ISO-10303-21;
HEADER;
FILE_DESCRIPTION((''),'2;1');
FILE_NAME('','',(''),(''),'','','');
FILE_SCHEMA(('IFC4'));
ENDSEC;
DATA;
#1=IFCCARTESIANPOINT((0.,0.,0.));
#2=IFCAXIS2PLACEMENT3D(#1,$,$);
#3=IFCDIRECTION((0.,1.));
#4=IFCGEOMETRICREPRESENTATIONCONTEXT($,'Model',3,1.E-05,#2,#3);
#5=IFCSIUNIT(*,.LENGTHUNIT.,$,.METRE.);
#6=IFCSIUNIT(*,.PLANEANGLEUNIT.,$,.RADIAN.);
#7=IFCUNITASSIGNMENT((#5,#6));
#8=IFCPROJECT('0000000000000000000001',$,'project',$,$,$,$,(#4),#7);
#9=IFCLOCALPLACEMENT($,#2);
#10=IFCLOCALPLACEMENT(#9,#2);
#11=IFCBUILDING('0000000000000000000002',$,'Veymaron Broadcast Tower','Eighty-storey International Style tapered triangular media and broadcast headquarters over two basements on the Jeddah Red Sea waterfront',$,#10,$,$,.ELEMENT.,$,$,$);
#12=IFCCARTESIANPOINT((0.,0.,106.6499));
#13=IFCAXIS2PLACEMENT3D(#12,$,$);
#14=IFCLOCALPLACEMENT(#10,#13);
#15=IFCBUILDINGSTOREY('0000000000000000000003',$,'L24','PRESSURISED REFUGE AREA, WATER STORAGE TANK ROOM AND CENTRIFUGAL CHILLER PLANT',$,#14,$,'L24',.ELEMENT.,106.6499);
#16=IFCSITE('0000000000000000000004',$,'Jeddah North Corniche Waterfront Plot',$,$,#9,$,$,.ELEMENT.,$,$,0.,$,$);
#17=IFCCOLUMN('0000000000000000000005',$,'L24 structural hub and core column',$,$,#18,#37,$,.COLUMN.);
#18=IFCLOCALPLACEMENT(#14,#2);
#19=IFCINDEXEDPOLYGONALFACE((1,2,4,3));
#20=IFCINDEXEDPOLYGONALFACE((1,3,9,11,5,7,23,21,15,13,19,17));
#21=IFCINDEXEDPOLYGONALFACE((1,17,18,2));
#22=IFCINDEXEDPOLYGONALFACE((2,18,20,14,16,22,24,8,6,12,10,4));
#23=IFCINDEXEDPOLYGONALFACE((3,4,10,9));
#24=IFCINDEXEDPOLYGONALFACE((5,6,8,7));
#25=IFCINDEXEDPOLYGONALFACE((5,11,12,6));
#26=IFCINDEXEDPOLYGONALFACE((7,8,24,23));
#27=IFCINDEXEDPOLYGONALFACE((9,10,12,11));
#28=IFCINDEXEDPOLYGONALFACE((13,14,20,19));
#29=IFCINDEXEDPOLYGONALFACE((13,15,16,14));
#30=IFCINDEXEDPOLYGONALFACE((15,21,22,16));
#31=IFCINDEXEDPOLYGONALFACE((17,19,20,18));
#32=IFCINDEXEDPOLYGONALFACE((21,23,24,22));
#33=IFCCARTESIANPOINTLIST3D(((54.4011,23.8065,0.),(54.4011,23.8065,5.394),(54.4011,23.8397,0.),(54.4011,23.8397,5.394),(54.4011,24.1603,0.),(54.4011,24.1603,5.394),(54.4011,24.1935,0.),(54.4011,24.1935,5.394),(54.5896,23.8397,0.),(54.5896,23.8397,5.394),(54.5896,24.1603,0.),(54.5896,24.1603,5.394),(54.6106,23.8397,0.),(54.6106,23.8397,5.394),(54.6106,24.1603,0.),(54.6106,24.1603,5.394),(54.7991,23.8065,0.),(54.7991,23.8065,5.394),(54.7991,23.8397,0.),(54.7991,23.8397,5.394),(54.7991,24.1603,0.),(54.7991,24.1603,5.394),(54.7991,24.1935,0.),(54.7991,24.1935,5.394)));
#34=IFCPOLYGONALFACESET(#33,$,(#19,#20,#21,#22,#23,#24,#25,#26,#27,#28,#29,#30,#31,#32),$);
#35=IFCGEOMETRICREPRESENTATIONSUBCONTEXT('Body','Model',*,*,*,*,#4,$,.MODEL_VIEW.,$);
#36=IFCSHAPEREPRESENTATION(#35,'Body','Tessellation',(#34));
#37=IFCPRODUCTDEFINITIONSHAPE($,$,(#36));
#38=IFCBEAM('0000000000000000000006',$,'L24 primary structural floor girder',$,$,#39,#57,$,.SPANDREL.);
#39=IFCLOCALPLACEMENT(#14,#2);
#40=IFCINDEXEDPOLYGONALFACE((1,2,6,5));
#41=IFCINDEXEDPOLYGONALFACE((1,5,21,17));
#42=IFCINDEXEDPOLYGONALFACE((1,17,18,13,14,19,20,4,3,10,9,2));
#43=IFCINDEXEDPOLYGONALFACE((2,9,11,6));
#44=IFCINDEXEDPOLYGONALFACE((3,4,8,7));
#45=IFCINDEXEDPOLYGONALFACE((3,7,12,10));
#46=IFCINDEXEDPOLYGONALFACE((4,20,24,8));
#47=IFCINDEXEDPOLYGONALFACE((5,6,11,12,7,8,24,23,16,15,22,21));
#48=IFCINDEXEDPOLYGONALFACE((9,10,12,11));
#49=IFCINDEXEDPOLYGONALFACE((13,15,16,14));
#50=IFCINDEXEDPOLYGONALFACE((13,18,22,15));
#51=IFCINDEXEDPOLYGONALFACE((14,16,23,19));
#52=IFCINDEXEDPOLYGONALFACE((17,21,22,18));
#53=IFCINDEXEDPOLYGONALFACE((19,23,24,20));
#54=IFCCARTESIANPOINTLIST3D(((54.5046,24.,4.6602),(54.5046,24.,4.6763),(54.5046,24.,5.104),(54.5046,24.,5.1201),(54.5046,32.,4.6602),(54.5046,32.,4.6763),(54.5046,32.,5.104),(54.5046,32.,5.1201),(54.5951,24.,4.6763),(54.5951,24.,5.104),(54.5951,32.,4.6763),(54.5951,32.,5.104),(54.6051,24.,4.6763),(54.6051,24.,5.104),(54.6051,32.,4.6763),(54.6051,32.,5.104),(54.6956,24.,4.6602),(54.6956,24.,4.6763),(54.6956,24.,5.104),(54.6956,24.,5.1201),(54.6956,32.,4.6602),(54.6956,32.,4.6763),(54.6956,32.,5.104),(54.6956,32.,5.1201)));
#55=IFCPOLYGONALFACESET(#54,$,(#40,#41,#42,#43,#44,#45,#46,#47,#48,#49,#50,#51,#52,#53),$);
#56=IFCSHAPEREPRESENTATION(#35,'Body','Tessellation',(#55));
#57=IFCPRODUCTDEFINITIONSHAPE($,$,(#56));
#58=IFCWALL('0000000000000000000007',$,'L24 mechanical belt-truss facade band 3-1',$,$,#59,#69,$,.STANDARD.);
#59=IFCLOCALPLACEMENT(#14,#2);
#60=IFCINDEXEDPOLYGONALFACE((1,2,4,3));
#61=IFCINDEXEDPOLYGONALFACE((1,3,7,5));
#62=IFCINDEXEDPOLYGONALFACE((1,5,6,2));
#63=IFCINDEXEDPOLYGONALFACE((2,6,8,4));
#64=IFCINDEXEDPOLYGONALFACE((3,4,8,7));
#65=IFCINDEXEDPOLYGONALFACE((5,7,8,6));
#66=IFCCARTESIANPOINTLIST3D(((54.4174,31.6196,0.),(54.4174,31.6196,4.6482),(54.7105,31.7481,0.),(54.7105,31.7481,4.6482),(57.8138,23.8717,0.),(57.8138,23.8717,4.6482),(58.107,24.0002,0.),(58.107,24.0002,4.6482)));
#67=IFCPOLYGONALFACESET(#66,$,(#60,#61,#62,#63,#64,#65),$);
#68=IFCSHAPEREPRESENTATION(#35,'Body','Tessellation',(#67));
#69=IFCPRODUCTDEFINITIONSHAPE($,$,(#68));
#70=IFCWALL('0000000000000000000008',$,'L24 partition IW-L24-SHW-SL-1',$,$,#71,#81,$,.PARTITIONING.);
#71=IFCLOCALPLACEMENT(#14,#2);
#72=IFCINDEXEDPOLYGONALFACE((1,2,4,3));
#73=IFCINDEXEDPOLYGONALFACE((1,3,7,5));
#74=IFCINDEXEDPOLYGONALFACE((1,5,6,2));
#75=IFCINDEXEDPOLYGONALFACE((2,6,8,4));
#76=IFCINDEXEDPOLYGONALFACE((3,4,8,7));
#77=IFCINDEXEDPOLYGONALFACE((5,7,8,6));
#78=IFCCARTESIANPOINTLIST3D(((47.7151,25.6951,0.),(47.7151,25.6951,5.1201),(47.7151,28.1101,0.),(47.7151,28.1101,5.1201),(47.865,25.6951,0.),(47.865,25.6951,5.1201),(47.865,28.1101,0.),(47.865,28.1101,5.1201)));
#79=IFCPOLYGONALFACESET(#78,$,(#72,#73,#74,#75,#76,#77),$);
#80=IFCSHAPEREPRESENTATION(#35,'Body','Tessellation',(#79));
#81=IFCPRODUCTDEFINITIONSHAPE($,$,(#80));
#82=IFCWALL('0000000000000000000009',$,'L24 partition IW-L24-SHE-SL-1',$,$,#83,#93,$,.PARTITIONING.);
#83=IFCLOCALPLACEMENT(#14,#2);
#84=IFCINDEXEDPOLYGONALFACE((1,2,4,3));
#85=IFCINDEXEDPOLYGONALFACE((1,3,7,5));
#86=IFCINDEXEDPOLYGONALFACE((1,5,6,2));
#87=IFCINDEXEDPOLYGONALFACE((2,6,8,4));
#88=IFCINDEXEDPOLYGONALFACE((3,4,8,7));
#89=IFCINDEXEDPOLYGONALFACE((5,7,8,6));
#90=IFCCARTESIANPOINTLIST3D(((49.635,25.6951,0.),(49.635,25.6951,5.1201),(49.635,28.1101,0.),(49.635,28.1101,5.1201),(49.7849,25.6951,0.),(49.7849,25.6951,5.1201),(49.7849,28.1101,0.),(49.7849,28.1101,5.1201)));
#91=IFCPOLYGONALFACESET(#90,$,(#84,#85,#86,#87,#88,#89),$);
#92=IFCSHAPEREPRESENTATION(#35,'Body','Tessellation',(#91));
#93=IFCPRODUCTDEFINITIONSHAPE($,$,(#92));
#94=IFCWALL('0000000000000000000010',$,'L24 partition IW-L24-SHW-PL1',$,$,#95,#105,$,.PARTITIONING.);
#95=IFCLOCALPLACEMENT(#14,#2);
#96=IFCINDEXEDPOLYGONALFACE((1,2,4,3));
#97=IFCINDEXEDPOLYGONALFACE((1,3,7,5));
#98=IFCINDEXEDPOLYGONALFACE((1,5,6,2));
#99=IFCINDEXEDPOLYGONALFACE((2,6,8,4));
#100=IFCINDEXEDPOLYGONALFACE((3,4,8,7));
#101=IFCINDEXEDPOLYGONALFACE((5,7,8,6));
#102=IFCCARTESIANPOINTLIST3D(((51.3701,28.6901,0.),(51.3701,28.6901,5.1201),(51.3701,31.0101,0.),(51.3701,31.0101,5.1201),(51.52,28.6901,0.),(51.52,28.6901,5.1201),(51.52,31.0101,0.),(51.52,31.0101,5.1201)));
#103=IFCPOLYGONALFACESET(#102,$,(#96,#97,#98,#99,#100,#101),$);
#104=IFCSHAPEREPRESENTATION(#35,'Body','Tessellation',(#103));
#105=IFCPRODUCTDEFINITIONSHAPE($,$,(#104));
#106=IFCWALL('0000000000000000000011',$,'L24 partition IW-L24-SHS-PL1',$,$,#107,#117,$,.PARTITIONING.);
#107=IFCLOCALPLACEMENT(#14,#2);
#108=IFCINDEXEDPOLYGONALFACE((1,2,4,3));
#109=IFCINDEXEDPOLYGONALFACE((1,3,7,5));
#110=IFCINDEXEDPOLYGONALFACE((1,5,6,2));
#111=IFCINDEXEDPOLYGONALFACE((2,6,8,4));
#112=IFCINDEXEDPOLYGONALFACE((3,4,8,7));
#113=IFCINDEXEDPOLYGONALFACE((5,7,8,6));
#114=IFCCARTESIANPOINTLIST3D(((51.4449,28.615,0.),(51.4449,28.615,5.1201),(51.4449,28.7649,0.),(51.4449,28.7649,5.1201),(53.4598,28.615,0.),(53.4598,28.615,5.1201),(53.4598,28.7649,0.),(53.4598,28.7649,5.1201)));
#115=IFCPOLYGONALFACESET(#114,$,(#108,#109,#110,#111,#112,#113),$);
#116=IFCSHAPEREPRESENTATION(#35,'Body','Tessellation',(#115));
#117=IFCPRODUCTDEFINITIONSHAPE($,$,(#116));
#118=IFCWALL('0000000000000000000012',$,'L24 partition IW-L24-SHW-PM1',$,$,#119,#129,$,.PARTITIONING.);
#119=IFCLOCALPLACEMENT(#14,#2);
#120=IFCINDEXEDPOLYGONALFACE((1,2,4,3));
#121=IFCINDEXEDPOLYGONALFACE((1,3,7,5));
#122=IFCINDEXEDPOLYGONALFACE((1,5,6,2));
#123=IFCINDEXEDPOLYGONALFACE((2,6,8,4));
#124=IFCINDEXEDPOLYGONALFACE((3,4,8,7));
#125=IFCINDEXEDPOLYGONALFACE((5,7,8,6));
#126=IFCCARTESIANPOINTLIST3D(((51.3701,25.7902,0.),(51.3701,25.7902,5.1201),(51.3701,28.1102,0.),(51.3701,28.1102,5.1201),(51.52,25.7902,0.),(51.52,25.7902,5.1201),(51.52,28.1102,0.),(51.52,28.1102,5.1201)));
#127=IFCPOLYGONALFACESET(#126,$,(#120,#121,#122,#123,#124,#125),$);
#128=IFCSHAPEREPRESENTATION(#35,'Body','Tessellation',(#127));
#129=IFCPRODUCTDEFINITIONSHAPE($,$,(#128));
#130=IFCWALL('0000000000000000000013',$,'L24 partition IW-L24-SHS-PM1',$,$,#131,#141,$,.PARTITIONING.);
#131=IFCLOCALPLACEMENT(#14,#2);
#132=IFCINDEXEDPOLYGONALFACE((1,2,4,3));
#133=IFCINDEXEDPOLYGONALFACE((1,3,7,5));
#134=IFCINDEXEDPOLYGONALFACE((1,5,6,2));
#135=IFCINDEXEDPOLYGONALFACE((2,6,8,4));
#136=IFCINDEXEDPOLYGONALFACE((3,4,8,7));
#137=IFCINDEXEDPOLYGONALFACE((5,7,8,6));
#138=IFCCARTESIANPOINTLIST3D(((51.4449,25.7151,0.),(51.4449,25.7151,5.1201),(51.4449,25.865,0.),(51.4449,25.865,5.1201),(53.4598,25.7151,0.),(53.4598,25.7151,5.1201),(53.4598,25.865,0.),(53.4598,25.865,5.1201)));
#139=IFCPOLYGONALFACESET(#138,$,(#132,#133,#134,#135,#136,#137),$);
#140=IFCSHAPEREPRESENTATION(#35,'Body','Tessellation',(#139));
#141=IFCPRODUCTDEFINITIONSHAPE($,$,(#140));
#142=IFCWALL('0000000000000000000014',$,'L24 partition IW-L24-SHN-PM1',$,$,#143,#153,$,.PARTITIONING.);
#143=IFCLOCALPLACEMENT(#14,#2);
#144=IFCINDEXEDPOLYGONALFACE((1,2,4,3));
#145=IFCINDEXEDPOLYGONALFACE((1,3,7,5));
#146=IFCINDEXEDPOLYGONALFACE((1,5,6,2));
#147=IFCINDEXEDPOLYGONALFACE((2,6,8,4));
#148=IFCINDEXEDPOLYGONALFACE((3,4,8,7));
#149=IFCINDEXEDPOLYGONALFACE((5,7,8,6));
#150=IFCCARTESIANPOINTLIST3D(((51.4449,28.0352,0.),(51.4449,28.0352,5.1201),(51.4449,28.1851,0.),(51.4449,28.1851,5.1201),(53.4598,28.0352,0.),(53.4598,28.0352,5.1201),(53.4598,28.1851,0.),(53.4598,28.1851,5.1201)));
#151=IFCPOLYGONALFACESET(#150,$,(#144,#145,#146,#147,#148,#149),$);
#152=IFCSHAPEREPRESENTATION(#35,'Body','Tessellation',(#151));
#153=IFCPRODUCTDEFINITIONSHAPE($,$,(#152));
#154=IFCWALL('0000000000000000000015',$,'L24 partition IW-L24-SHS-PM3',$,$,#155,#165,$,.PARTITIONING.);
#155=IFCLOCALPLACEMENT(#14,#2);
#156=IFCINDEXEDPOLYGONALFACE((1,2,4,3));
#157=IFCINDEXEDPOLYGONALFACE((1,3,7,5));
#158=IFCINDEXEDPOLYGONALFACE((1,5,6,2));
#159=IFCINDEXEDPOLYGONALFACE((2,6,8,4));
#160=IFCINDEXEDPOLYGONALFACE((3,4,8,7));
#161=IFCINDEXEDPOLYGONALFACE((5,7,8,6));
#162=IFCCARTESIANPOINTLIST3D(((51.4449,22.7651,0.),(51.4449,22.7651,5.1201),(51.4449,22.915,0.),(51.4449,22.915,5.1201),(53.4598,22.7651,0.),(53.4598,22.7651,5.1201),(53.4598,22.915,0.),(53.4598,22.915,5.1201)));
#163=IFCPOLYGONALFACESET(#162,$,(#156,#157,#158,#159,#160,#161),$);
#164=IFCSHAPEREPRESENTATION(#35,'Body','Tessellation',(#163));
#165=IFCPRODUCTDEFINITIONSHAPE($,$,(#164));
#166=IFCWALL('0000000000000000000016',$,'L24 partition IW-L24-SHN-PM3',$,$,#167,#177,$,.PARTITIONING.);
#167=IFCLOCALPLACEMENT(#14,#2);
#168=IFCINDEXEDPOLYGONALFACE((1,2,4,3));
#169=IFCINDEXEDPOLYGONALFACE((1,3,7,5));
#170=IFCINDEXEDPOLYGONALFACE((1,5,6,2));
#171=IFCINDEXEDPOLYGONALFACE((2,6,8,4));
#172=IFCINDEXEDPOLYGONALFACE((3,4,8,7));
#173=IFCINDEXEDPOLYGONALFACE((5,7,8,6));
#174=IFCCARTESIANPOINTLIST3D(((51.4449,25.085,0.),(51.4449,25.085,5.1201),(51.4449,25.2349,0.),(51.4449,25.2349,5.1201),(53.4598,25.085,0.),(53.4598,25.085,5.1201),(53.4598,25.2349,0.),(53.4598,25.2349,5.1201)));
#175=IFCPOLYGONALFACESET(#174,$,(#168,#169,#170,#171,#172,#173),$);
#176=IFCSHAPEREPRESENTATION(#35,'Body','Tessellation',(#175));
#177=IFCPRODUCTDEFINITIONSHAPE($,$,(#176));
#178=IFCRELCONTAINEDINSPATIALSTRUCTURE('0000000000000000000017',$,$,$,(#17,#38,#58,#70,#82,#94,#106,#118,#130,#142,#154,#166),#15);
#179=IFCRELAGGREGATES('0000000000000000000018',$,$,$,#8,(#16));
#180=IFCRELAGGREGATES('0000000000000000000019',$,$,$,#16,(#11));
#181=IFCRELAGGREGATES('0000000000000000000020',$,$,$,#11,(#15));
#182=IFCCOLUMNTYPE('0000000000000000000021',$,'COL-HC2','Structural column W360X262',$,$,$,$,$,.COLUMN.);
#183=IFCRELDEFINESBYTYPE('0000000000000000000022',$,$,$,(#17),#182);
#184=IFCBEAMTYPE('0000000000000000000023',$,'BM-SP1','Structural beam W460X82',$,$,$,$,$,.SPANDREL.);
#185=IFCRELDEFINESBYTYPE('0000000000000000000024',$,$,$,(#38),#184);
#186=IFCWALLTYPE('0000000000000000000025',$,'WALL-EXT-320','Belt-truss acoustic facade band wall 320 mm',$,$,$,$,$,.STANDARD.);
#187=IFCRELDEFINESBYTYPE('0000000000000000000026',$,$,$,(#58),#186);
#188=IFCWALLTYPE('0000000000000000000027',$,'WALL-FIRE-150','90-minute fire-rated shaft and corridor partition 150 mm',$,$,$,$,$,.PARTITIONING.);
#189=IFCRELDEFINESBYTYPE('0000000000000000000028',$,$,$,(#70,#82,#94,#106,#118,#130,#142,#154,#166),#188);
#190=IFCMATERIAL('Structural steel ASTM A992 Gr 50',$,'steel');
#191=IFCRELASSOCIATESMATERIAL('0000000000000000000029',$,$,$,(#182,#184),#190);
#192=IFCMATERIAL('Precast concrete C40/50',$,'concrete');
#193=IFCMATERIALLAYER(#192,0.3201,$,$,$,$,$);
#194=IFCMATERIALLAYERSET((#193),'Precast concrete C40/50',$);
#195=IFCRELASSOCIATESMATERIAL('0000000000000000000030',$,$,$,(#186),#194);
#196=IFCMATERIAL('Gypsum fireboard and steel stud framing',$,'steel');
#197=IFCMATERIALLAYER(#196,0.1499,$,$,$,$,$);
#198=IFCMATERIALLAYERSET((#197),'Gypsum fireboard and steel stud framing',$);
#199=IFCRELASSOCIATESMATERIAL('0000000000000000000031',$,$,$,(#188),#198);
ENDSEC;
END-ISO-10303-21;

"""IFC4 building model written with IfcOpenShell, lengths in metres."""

from ifc_helpers import new_model, si_unit, direction, frame, frame_2d, origin, origin_2d, place, context, subcontext, project, spatial, rectangle, i_section, extrude, material, layer, layer_set, material_profile, profile_set, type_object, element, save


model = new_model("IFC4")

# Units and contexts
model_context = context("Model", 3, precision=1e-05, world=origin(), true_north=direction((0.0, 1.0)))
body_context = subcontext(model_context, "Body", "Model", "MODEL_VIEW")
ifc_project = project(units=[si_unit("LENGTHUNIT", "METRE"), si_unit("PLANEANGLEUNIT", "RADIAN")], contexts=[model_context])

# Site, building, storey
site_placement = place(None, origin())
site = spatial("IfcSite", under=ifc_project, at=site_placement, Name="Jeddah North Corniche Waterfront Plot", CompositionType="ELEMENT", RefElevation=0.0)
building_placement = place(site_placement, origin())
building = spatial("IfcBuilding", under=site, at=building_placement, Name="Veymaron Broadcast Tower", Description="Eighty-storey International Style tapered triangular media and broadcast headquarters over two basements on the Jeddah Red Sea waterfront", CompositionType="ELEMENT")
storey_placement = place(building_placement, frame((0.0, 0.0, 106.6499)))
storey = spatial("IfcBuildingStorey", under=building, at=storey_placement, Name="L24", Description="PRESSURISED REFUGE AREA, WATER STORAGE TANK ROOM AND CENTRIFUGAL CHILLER PLANT", LongName="L24", CompositionType="ELEMENT", Elevation=106.6499)

# Column
ifc_material_1 = material(Name="Structural steel ASTM A992 Gr 50", Category="steel")
ifc_material_profile_1 = material_profile(ifc_material_1, i_section(OverallWidth=0.3979, OverallDepth=0.387, WebThickness=0.021, FlangeThickness=0.0332, at=origin_2d()), Name="W360X262")
ifc_profile_set_1 = profile_set([ifc_material_profile_1], Name="Structural steel ASTM A992 Gr 50")
column_type = type_object("IfcColumnType", Name="COL-HC2", Description="Structural column W360X262", PredefinedType="COLUMN", material=ifc_profile_set_1)
column_placement = place(storey_placement, frame((54.6001, 24.0, 0.0), z_axis=(0.0, 0.0, 1.0), x_axis=(1.0, 0.0, 0.0)))
element("IfcColumn", 1, at=column_placement, inside=storey, type_object=column_type, Name="L24 structural hub and core column", PredefinedType="COLUMN", context=body_context, shape_type="SweptSolid", body=[
    extrude(i_section(OverallWidth=0.3979, OverallDepth=0.387, WebThickness=0.021, FlangeThickness=0.0332, at=origin_2d()), origin(), (0.0, 0.0, 1.0), 5.394),
])

# Beam
ifc_material_profile_2 = material_profile(ifc_material_1, i_section(OverallWidth=0.1909, OverallDepth=0.46, WebThickness=0.01, FlangeThickness=0.0161, at=origin_2d()), Name="W460X82")
ifc_profile_set_2 = profile_set([ifc_material_profile_2], Name="Structural steel ASTM A992 Gr 50")
beam_type = type_object("IfcBeamType", Name="BM-SP1", Description="Structural beam W460X82", PredefinedType="SPANDREL", material=ifc_profile_set_2)
beam_placement = place(storey_placement, frame((54.6001, 24.0, 4.8901), z_axis=(0.0, 1.0, 0.0), x_axis=(-1.0, 0.0, 0.0)))
element("IfcBeam", 2, at=beam_placement, inside=storey, type_object=beam_type, Name="L24 primary structural floor girder", PredefinedType="SPANDREL", context=body_context, shape_type="SweptSolid", body=[
    extrude(i_section(OverallWidth=0.1909, OverallDepth=0.46, WebThickness=0.01, FlangeThickness=0.0161, at=origin_2d()), origin(), (0.0, 0.0, 1.0), 8.0),
])

# Wall
ifc_material_2 = material(Name="Precast concrete C40/50", Category="concrete")
ifc_layer_1 = layer(ifc_material_2, 0.3201)
ifc_layer_set_1 = layer_set([ifc_layer_1], Name="Precast concrete C40/50")
wall_type_1 = type_object("IfcWallType", Name="WALL-EXT-320", Description="Belt-truss acoustic facade band wall 320 mm", PredefinedType="STANDARD", material=ifc_layer_set_1)
wall_1_placement = place(storey_placement, frame((57.9604, 23.9358, 0.0), z_axis=(0.0, 0.0, 1.0), x_axis=(-0.401485, 0.915866, 0.0)))
element("IfcWall", 3, at=wall_1_placement, inside=storey, type_object=wall_type_1, Name="L24 mechanical belt-truss facade band 3-1", PredefinedType="STANDARD", context=body_context, shape_type="SweptSolid", body=[
    extrude(rectangle(XDim=8.4597, YDim=0.3201, at=frame_2d((4.23, 0.0))), origin(), (0.0, 0.0, 1.0), 4.6482),
])

# Shared definitions
ifc_material_3 = material(Name="Gypsum fireboard and steel stud framing", Category="steel")
ifc_layer_2 = layer(ifc_material_3, 0.1499)
ifc_layer_set_2 = layer_set([ifc_layer_2], Name="Gypsum fireboard and steel stud framing")
wall_type_2 = type_object("IfcWallType", Name="WALL-FIRE-150", Description="90-minute fire-rated shaft and corridor partition 150 mm", PredefinedType="PARTITIONING", material=ifc_layer_set_2)

# Walls
for number, where, z_axis, x_axis, name in (
    (4, (47.79, 25.6951, 0.0), (0.0, 0.0, 1.0), (0.0, 1.0, 0.0), "L24 partition IW-L24-SHW-SL-1"),
    (5, (49.71, 25.6951, 0.0), (0.0, 0.0, 1.0), (0.0, 1.0, 0.0), "L24 partition IW-L24-SHE-SL-1"),
):
    element("IfcWall", number, at=place(storey_placement, frame(where, z_axis=z_axis, x_axis=x_axis)), inside=storey, type_object=wall_type_2, Name=name, PredefinedType="PARTITIONING", context=body_context, shape_type="SweptSolid", body=[
        extrude(rectangle(XDim=2.415, YDim=0.1499, at=frame_2d((1.2075, 0.0))), origin(), (0.0, 0.0, 1.0), 5.1201),
    ])
wall_2_placement = place(storey_placement, frame((51.4451, 28.6899, 0.0), z_axis=(0.0, 0.0, 1.0), x_axis=(0.0, 1.0, 0.0)))
element("IfcWall", 6, at=wall_2_placement, inside=storey, type_object=wall_type_2, Name="L24 partition IW-L24-SHW-PL1", PredefinedType="PARTITIONING", context=body_context, shape_type="SweptSolid", body=[
    extrude(rectangle(XDim=2.3201, YDim=0.1499, at=frame_2d((1.1602, 0.0))), origin(), (0.0, 0.0, 1.0), 5.1201),
])
wall_3_placement = place(storey_placement, frame((51.4451, 28.6899, 0.0), z_axis=(0.0, 0.0, 1.0), x_axis=(1.0, 0.0, 0.0)))
element("IfcWall", 7, at=wall_3_placement, inside=storey, type_object=wall_type_2, Name="L24 partition IW-L24-SHS-PL1", PredefinedType="PARTITIONING", context=body_context, shape_type="SweptSolid", body=[
    extrude(rectangle(XDim=2.0149, YDim=0.1499, at=frame_2d((1.0073, 0.0))), origin(), (0.0, 0.0, 1.0), 5.1201),
])
wall_4_placement = place(storey_placement, frame((51.4451, 25.79, 0.0), z_axis=(0.0, 0.0, 1.0), x_axis=(0.0, 1.0, 0.0)))
element("IfcWall", 8, at=wall_4_placement, inside=storey, type_object=wall_type_2, Name="L24 partition IW-L24-SHW-PM1", PredefinedType="PARTITIONING", context=body_context, shape_type="SweptSolid", body=[
    extrude(rectangle(XDim=2.3201, YDim=0.1499, at=frame_2d((1.1602, 0.0))), origin(), (0.0, 0.0, 1.0), 5.1201),
])
for number, where, z_axis, x_axis, name in (
    (9, (51.4451, 25.79, 0.0), (0.0, 0.0, 1.0), (1.0, 0.0, 0.0), "L24 partition IW-L24-SHS-PM1"),
    (10, (51.4451, 28.1101, 0.0), (0.0, 0.0, 1.0), (1.0, 0.0, 0.0), "L24 partition IW-L24-SHN-PM1"),
    (11, (51.4451, 22.8401, 0.0), (0.0, 0.0, 1.0), (1.0, 0.0, 0.0), "L24 partition IW-L24-SHS-PM3"),
    (12, (51.4451, 25.1599, 0.0), (0.0, 0.0, 1.0), (1.0, 0.0, 0.0), "L24 partition IW-L24-SHN-PM3"),
):
    element("IfcWall", number, at=place(storey_placement, frame(where, z_axis=z_axis, x_axis=x_axis)), inside=storey, type_object=wall_type_2, Name=name, PredefinedType="PARTITIONING", context=body_context, shape_type="SweptSolid", body=[
        extrude(rectangle(XDim=2.0149, YDim=0.1499, at=frame_2d((1.0073, 0.0))), origin(), (0.0, 0.0, 1.0), 5.1201),
    ])

save(model, "model.ifc")
